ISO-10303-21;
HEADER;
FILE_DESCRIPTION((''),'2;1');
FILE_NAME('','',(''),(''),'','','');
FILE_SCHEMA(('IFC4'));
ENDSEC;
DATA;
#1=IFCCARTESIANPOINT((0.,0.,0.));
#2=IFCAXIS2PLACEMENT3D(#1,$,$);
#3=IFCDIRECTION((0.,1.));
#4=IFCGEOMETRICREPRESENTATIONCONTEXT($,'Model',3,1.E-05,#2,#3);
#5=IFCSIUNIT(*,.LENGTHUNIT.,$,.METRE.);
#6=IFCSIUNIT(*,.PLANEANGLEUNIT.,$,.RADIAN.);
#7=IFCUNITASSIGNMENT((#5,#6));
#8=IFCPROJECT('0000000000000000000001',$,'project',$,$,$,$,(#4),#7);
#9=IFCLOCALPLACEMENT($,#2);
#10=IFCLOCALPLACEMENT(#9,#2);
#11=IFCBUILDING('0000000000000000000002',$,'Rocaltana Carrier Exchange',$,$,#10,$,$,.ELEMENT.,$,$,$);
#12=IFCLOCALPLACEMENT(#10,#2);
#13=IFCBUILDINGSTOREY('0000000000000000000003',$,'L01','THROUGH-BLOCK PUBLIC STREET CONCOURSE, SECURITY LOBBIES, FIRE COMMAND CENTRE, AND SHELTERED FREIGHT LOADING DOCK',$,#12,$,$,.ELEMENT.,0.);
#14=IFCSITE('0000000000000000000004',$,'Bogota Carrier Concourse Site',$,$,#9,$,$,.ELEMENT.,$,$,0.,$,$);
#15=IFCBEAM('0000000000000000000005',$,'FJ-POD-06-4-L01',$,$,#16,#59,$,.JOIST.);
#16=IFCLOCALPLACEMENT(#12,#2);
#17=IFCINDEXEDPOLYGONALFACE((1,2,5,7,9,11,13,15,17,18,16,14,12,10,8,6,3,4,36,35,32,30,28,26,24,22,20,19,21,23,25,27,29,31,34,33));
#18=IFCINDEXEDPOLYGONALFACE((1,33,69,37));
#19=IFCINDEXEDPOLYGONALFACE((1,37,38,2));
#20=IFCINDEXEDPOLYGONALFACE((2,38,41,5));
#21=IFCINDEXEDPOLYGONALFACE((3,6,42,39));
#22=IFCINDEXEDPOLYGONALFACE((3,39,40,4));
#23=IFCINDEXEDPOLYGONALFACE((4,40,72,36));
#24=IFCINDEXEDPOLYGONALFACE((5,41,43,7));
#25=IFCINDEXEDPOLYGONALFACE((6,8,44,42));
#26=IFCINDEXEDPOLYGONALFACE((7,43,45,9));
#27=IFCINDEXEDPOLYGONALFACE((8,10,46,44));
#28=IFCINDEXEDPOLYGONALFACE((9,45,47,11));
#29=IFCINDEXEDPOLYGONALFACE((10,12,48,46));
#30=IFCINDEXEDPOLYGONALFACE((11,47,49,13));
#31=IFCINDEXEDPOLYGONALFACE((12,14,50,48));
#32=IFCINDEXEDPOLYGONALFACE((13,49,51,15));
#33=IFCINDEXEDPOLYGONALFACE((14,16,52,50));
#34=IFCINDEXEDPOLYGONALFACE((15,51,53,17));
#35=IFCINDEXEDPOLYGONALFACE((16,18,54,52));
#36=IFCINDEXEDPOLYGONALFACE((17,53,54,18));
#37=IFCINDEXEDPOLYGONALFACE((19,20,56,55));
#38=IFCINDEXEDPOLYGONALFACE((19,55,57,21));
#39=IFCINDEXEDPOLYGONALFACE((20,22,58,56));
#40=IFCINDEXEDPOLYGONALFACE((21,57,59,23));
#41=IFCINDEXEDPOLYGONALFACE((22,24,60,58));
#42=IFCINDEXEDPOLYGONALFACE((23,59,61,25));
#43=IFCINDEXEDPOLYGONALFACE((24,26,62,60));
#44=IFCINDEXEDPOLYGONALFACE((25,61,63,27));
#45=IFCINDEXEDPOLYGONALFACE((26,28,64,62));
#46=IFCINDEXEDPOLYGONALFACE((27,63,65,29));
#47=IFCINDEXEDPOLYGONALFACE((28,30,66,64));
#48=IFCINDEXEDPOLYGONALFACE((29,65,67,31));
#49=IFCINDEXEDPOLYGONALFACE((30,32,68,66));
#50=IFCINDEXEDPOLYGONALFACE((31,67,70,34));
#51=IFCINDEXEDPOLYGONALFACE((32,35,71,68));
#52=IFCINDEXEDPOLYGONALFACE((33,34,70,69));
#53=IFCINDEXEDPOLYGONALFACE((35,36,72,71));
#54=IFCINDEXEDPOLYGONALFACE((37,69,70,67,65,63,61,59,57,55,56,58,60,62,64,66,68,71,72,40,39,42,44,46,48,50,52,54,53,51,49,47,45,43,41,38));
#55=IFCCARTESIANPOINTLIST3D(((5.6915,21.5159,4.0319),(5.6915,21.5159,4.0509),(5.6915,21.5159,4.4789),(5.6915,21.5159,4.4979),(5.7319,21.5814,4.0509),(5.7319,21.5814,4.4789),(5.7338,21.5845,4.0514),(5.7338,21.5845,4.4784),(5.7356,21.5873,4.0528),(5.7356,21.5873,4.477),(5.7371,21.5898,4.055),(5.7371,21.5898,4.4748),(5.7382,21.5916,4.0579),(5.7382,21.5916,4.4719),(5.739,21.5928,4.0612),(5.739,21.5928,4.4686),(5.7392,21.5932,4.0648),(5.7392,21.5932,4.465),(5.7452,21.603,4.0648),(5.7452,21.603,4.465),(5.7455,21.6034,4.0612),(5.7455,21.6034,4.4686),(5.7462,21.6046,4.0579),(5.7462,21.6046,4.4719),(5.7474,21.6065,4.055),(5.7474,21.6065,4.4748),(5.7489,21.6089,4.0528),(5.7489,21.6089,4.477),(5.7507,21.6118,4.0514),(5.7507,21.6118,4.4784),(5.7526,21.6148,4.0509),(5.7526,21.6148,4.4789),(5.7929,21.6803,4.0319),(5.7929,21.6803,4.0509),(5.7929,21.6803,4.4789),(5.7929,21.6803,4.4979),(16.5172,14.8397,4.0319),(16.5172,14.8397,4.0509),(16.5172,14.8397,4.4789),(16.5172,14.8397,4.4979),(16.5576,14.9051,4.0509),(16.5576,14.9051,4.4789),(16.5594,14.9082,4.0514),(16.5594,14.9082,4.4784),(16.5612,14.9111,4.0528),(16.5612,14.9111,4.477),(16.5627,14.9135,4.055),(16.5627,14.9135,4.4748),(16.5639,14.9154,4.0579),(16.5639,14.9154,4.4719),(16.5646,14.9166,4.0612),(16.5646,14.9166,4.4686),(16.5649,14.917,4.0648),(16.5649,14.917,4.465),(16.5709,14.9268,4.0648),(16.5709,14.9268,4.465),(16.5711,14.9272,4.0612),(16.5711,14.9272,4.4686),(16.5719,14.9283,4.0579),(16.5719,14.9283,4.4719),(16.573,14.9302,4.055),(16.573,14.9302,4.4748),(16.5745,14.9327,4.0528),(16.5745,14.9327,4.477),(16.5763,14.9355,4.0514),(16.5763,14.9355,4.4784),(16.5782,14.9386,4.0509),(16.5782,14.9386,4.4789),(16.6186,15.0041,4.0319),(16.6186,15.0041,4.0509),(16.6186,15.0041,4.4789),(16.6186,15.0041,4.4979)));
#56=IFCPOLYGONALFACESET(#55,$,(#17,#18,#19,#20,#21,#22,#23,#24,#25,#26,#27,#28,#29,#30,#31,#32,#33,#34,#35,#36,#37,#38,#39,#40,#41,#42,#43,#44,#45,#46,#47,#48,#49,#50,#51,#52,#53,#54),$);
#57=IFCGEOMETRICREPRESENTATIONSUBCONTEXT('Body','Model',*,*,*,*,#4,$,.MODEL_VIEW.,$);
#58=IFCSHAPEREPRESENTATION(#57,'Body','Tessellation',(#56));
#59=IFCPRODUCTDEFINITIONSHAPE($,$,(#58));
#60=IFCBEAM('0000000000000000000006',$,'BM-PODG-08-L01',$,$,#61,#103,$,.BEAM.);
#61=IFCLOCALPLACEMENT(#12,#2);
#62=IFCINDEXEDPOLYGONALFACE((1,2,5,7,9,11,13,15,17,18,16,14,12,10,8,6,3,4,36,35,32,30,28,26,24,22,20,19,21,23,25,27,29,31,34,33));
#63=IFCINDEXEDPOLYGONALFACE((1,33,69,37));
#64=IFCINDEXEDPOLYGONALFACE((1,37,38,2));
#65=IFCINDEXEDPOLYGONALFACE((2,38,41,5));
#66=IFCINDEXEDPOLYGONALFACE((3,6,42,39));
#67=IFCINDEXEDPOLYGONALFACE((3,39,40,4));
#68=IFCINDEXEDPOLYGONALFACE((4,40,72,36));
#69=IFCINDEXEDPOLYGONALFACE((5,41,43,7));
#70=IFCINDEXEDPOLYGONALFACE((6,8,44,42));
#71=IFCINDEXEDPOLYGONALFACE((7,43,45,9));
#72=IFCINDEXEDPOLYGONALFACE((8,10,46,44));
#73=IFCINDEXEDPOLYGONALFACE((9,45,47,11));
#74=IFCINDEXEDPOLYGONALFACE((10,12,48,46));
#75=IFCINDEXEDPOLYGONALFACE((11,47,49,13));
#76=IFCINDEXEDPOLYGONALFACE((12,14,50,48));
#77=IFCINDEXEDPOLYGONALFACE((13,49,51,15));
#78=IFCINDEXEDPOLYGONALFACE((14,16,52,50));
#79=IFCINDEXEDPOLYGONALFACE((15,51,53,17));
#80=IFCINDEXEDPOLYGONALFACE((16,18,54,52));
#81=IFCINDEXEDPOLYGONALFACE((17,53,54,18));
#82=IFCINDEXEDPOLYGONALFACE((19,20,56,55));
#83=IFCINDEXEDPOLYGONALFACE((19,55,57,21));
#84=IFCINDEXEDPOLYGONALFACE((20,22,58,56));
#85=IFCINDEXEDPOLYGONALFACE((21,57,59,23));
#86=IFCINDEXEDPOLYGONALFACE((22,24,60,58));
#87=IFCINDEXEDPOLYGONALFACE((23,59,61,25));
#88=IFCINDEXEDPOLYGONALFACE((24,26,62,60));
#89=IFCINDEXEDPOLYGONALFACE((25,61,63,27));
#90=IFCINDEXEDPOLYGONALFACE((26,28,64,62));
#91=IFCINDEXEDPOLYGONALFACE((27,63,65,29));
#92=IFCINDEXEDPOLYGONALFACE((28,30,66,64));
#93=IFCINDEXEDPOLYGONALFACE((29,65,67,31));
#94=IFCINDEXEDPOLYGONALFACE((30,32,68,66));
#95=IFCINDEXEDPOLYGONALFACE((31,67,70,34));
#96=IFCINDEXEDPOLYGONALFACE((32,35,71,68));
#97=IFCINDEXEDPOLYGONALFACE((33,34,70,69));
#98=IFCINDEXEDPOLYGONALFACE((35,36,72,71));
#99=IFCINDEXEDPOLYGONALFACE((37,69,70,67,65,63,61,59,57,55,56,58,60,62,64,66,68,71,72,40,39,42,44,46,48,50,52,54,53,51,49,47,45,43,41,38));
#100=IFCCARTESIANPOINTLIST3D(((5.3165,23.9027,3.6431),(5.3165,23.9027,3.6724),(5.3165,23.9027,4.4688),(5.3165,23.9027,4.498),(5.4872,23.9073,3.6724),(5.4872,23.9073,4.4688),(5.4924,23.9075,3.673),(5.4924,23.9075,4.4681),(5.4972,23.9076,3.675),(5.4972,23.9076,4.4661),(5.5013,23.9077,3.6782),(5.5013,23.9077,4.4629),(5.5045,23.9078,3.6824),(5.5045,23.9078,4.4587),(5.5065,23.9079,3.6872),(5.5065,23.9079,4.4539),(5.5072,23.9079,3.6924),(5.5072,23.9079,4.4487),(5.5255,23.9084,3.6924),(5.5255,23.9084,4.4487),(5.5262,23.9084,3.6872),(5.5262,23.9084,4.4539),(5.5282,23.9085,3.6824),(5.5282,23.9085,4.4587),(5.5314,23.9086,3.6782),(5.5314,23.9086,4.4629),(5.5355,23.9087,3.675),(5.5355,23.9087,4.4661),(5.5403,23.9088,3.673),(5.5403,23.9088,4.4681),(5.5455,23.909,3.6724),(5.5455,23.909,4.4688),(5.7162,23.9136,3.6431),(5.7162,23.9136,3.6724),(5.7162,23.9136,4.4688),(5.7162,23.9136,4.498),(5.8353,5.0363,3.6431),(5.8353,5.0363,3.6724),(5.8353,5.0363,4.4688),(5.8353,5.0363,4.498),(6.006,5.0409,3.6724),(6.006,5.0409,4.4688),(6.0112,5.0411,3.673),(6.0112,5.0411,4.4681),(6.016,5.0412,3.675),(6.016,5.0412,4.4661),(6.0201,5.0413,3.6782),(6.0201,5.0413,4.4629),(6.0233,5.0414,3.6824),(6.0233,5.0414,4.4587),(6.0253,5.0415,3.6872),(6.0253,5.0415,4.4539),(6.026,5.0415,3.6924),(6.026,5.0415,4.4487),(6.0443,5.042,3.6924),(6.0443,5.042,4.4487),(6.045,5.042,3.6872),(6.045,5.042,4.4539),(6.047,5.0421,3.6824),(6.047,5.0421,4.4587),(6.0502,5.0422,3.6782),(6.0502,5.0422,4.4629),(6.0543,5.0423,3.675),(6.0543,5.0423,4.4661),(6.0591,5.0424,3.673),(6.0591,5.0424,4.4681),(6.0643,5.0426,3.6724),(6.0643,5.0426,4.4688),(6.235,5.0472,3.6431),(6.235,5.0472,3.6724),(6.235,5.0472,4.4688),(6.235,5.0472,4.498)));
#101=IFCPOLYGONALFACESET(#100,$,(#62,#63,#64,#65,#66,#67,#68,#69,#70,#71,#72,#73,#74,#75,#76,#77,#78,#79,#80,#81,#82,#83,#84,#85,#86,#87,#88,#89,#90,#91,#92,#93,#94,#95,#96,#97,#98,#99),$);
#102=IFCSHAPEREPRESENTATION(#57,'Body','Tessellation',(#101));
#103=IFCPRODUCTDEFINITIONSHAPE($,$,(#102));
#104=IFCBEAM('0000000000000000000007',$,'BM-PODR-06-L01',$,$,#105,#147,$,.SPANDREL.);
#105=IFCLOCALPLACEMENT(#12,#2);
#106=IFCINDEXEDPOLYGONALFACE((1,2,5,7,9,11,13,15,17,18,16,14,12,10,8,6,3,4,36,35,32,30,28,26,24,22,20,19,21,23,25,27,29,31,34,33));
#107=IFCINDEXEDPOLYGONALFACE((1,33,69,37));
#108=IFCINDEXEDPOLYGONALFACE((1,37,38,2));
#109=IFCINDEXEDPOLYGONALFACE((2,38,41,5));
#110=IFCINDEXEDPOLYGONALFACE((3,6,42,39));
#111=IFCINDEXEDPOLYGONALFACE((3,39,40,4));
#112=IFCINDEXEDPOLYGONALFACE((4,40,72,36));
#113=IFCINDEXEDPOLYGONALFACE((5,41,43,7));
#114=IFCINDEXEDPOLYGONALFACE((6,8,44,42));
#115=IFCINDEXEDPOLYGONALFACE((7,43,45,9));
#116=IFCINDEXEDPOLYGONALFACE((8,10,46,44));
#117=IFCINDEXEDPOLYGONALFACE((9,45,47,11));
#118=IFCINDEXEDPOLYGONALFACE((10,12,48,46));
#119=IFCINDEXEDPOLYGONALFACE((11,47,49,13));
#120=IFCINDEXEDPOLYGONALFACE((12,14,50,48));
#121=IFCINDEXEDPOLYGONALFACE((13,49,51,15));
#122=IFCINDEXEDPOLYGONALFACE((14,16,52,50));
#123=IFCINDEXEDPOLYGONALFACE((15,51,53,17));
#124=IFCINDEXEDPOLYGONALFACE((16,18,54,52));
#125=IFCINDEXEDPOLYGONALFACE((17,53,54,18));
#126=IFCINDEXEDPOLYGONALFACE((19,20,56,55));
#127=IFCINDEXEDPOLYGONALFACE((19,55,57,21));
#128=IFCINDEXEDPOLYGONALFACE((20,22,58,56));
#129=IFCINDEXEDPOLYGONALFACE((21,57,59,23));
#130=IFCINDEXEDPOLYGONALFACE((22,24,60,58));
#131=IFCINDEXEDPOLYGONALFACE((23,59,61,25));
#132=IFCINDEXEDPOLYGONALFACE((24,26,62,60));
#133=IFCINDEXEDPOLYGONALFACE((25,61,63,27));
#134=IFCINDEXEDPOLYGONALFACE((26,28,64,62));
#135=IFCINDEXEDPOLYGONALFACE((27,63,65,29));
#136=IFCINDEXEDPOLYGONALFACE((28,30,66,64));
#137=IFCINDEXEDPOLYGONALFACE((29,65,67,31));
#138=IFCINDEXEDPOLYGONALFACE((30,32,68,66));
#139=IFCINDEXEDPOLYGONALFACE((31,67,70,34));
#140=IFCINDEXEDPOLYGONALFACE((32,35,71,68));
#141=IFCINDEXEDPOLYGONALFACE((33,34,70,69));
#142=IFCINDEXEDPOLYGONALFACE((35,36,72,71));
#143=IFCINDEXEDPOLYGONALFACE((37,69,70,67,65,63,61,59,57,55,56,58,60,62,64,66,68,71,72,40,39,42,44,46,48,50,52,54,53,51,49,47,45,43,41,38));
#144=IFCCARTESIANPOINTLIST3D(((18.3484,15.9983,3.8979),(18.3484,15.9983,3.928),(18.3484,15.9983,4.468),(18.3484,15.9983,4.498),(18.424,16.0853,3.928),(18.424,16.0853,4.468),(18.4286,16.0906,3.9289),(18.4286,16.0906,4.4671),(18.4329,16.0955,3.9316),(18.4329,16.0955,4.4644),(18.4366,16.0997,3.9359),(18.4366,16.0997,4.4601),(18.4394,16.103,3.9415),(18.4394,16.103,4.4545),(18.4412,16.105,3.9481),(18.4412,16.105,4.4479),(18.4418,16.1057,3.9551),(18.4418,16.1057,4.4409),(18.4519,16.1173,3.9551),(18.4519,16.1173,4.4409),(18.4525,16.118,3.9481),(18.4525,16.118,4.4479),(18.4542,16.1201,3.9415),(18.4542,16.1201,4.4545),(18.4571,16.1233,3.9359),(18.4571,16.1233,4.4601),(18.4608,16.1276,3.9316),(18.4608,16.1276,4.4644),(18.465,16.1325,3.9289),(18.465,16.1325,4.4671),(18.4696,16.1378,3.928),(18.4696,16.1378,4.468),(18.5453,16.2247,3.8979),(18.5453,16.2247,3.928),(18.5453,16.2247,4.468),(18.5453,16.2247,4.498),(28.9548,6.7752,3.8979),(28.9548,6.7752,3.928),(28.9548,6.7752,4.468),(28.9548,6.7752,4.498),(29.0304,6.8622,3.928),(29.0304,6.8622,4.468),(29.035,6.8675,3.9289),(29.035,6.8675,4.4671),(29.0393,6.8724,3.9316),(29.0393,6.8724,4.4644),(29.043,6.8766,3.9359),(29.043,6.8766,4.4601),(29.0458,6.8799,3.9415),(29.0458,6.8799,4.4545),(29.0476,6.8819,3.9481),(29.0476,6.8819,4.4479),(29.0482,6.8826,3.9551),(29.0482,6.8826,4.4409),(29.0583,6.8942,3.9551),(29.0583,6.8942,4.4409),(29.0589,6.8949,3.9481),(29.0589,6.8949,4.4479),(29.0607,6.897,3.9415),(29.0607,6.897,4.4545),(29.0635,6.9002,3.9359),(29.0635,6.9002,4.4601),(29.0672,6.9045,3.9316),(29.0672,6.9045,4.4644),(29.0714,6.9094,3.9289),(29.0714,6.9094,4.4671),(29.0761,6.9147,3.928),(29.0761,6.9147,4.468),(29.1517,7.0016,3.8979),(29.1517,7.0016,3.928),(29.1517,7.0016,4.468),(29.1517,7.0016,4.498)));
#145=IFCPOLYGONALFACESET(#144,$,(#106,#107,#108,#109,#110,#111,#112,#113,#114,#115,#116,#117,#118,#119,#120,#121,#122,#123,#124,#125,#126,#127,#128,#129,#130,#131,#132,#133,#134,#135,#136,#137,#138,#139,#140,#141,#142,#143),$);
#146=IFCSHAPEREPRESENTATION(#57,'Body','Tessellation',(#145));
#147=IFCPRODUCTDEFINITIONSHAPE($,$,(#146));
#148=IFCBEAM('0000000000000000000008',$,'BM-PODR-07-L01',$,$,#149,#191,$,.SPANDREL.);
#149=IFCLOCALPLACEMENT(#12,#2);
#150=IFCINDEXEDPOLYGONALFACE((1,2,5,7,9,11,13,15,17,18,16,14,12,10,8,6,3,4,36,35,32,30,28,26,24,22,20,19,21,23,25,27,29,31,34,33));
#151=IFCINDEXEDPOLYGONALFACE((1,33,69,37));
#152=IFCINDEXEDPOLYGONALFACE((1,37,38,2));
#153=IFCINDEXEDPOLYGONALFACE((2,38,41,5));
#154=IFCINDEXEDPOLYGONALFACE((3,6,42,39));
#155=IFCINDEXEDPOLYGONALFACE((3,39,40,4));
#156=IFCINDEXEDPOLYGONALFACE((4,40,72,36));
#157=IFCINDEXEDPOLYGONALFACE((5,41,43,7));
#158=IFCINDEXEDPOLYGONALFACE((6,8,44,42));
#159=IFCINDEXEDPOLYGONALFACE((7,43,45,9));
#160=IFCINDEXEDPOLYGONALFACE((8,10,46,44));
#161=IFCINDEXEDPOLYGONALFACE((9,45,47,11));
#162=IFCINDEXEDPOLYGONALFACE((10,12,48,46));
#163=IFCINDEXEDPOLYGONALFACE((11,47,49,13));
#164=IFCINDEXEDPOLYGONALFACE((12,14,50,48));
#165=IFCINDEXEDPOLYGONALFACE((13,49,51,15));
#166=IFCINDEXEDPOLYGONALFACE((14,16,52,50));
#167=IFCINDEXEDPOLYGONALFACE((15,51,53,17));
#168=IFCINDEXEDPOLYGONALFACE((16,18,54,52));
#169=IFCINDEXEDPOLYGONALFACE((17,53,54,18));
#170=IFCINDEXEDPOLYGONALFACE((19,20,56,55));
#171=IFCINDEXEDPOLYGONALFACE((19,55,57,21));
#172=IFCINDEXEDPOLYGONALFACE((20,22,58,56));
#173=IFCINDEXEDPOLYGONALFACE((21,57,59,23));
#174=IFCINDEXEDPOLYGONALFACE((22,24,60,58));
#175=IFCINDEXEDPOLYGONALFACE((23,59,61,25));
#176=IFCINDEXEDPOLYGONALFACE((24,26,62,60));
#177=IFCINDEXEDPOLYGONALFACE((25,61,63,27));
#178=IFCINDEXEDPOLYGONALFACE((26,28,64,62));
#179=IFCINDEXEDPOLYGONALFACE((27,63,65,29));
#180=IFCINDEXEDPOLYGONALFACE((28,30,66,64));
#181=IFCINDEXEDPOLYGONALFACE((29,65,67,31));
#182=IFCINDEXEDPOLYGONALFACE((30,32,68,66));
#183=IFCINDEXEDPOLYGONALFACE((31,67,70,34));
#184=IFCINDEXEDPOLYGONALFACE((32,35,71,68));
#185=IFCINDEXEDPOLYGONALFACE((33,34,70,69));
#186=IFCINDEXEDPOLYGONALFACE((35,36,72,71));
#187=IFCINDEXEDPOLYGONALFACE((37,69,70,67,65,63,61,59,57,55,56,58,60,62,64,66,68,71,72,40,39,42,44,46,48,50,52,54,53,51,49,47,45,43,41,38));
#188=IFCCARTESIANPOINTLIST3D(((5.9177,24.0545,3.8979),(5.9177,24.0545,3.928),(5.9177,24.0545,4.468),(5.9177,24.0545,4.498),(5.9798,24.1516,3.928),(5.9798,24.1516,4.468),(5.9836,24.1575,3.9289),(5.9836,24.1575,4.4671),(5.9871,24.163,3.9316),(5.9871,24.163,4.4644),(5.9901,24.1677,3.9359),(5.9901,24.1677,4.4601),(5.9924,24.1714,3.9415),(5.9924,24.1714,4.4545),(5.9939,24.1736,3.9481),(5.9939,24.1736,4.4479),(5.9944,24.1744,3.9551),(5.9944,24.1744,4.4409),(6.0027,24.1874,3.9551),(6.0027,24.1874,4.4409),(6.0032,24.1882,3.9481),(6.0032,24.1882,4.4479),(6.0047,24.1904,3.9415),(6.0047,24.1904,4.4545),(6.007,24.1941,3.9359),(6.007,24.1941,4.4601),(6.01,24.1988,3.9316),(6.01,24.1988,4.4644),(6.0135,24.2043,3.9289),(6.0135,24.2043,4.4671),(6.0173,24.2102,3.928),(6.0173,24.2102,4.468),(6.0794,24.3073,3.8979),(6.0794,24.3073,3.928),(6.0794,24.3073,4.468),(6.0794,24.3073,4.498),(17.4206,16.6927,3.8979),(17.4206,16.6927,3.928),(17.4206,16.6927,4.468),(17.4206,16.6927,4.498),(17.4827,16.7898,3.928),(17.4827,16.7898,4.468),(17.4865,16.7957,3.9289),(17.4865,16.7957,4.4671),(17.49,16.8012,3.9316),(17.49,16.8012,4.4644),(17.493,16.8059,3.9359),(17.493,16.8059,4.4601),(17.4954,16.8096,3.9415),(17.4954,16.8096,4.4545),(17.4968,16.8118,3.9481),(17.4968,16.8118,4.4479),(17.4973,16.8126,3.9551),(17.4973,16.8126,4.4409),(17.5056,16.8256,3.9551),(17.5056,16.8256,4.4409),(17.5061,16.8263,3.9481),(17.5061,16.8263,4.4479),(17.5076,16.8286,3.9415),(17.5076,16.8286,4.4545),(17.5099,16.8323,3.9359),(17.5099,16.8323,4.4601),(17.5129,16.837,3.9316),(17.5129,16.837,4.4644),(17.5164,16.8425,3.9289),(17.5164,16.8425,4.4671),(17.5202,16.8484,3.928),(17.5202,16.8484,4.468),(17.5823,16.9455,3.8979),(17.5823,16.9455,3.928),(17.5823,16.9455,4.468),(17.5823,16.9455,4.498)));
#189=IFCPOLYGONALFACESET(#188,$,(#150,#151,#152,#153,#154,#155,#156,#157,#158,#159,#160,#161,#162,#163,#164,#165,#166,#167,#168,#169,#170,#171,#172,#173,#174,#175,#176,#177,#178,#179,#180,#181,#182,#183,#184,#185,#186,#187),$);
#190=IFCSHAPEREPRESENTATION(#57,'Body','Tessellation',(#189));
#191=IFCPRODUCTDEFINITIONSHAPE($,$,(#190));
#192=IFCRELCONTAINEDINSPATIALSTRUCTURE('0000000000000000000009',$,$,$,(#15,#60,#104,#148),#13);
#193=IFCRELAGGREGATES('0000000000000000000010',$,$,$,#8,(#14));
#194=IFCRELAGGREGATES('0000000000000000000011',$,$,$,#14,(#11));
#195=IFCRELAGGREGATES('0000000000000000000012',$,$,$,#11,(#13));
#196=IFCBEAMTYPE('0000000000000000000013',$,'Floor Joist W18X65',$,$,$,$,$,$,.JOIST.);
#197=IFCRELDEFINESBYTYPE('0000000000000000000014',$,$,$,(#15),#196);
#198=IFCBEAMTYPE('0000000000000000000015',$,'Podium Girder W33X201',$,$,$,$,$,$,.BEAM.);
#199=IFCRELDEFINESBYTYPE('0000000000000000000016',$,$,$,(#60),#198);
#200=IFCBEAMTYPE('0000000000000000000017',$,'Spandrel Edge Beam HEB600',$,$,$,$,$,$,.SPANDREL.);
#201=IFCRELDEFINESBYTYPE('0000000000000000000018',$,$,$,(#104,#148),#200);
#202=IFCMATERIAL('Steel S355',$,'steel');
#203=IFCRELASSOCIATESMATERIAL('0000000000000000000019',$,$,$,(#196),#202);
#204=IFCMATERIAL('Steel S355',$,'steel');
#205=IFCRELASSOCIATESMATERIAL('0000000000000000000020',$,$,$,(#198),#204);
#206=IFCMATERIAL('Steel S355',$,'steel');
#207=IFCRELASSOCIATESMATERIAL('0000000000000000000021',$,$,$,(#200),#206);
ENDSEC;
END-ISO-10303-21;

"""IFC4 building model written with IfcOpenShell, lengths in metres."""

from ifc_helpers import new_model, si_unit, direction, frame, origin, origin_2d, place, context, subcontext, project, spatial, i_section, extrude, material, material_profile, profile_set, type_object, element, save


model = new_model("IFC4")

# Units and contexts
model_context = context("Model", 3, precision=1e-05, world=origin(), true_north=direction((0.0, 1.0)))
body_context = subcontext(model_context, "Body", "Model", "MODEL_VIEW")
ifc_project = project(units=[si_unit("LENGTHUNIT", "METRE"), si_unit("PLANEANGLEUNIT", "RADIAN")], contexts=[model_context])

# Site, building, storey
site_placement = place(None, origin())
site = spatial("IfcSite", under=ifc_project, at=site_placement, Name="Bogota Carrier Concourse Site", CompositionType="ELEMENT", RefElevation=0.0)
building_placement = place(site_placement, origin())
building = spatial("IfcBuilding", under=site, at=building_placement, Name="Rocaltana Carrier Exchange", CompositionType="ELEMENT")
storey_placement = place(building_placement, origin())
storey = spatial("IfcBuildingStorey", under=building, at=storey_placement, Name="L01", Description="THROUGH-BLOCK PUBLIC STREET CONCOURSE, SECURITY LOBBIES, FIRE COMMAND CENTRE, AND SHELTERED FREIGHT LOADING DOCK", CompositionType="ELEMENT", Elevation=0.0)

# Beams
ifc_material_1 = material(Name="Steel S355", Category="steel")
ifc_material_profile_1 = material_profile(ifc_material_1, i_section(OverallWidth=0.1931, OverallDepth=0.4661, WebThickness=0.0115, FlangeThickness=0.019, FilletRadius=0.0139, at=origin_2d()), Name="W18X65")
ifc_profile_set_1 = profile_set([ifc_material_profile_1], Name="Steel S355")
beam_type_1 = type_object("IfcBeamType", Name="Floor Joist W18X65", PredefinedType="JOIST", material=ifc_profile_set_1)
beam_1_placement = place(storey_placement, frame((16.5679, 14.9219, 4.2649), z_axis=(-0.851156, 0.524913, 0.0), x_axis=(-0.524913, -0.851156, 0.0)))
element("IfcBeam", 1, at=beam_1_placement, inside=storey, type_object=beam_type_1, Name="FJ-POD-06-4-L01", PredefinedType="JOIST", context=body_context, shape_type="SweptSolid", body=[
    extrude(i_section(OverallWidth=0.1931, OverallDepth=0.4661, WebThickness=0.0115, FlangeThickness=0.019, FilletRadius=0.0139, at=origin_2d()), origin(), (0.0, 0.0, 1.0), 12.7188),
])
ifc_material_2 = material(Name="Steel S355", Category="steel")
ifc_material_profile_2 = material_profile(ifc_material_2, i_section(OverallWidth=0.3999, OverallDepth=0.855, WebThickness=0.0183, FlangeThickness=0.0293, FilletRadius=0.02, at=origin_2d()), Name="W33X201")
ifc_profile_set_2 = profile_set([ifc_material_profile_2], Name="Steel S355")
beam_type_2 = type_object("IfcBeamType", Name="Podium Girder W33X201", PredefinedType="BEAM", material=ifc_profile_set_2)
beam_2_placement = place(storey_placement, frame((6.0352, 5.0417, 4.0706), z_axis=(-0.027488, 0.999622, 0.0), x_axis=(-0.999622, -0.027488, 0.0)))
element("IfcBeam", 2, at=beam_2_placement, inside=storey, type_object=beam_type_2, Name="BM-PODG-08-L01", PredefinedType="BEAM", context=body_context, shape_type="SweptSolid", body=[
    extrude(i_section(OverallWidth=0.3999, OverallDepth=0.855, WebThickness=0.0183, FlangeThickness=0.0293, FilletRadius=0.02, at=origin_2d()), origin(), (0.0, 0.0, 1.0), 18.8735),
])
ifc_material_3 = material(Name="Steel S355", Category="steel")
ifc_material_profile_3 = material_profile(ifc_material_3, i_section(OverallWidth=0.3, OverallDepth=0.6001, WebThickness=0.0154, FlangeThickness=0.03, FilletRadius=0.0271, at=origin_2d()), Name="HEB600")
ifc_profile_set_3 = profile_set([ifc_material_profile_3], Name="Steel S355")
beam_type_3 = type_object("IfcBeamType", Name="Spandrel Edge Beam HEB600", PredefinedType="SPANDREL", material=ifc_profile_set_3)
beam_3_placement = place(storey_placement, frame((29.0532, 6.8884, 4.198), z_axis=(-0.7546, 0.656185, 0.0), x_axis=(-0.656185, -0.7546, 0.0)))
element("IfcBeam", 3, at=beam_3_placement, inside=storey, type_object=beam_type_3, Name="BM-PODR-06-L01", PredefinedType="SPANDREL", context=body_context, shape_type="SweptSolid", body=[
    extrude(i_section(OverallWidth=0.3, OverallDepth=0.6001, WebThickness=0.0154, FlangeThickness=0.03, FilletRadius=0.0271, at=origin_2d()), origin(), (0.0, 0.0, 1.0), 14.0557),
])
beam_4_placement = place(storey_placement, frame((17.5015, 16.8191, 4.198), z_axis=(-0.842273, 0.539051, 0.0), x_axis=(-0.539051, -0.842273, 0.0)))
element("IfcBeam", 4, at=beam_4_placement, inside=storey, type_object=beam_type_3, Name="BM-PODR-07-L01", PredefinedType="SPANDREL", context=body_context, shape_type="SweptSolid", body=[
    extrude(i_section(OverallWidth=0.3, OverallDepth=0.6001, WebThickness=0.0154, FlangeThickness=0.03, FilletRadius=0.0271, at=origin_2d()), origin(), (0.0, 0.0, 1.0), 13.657),
])

save(model, "model.ifc")
